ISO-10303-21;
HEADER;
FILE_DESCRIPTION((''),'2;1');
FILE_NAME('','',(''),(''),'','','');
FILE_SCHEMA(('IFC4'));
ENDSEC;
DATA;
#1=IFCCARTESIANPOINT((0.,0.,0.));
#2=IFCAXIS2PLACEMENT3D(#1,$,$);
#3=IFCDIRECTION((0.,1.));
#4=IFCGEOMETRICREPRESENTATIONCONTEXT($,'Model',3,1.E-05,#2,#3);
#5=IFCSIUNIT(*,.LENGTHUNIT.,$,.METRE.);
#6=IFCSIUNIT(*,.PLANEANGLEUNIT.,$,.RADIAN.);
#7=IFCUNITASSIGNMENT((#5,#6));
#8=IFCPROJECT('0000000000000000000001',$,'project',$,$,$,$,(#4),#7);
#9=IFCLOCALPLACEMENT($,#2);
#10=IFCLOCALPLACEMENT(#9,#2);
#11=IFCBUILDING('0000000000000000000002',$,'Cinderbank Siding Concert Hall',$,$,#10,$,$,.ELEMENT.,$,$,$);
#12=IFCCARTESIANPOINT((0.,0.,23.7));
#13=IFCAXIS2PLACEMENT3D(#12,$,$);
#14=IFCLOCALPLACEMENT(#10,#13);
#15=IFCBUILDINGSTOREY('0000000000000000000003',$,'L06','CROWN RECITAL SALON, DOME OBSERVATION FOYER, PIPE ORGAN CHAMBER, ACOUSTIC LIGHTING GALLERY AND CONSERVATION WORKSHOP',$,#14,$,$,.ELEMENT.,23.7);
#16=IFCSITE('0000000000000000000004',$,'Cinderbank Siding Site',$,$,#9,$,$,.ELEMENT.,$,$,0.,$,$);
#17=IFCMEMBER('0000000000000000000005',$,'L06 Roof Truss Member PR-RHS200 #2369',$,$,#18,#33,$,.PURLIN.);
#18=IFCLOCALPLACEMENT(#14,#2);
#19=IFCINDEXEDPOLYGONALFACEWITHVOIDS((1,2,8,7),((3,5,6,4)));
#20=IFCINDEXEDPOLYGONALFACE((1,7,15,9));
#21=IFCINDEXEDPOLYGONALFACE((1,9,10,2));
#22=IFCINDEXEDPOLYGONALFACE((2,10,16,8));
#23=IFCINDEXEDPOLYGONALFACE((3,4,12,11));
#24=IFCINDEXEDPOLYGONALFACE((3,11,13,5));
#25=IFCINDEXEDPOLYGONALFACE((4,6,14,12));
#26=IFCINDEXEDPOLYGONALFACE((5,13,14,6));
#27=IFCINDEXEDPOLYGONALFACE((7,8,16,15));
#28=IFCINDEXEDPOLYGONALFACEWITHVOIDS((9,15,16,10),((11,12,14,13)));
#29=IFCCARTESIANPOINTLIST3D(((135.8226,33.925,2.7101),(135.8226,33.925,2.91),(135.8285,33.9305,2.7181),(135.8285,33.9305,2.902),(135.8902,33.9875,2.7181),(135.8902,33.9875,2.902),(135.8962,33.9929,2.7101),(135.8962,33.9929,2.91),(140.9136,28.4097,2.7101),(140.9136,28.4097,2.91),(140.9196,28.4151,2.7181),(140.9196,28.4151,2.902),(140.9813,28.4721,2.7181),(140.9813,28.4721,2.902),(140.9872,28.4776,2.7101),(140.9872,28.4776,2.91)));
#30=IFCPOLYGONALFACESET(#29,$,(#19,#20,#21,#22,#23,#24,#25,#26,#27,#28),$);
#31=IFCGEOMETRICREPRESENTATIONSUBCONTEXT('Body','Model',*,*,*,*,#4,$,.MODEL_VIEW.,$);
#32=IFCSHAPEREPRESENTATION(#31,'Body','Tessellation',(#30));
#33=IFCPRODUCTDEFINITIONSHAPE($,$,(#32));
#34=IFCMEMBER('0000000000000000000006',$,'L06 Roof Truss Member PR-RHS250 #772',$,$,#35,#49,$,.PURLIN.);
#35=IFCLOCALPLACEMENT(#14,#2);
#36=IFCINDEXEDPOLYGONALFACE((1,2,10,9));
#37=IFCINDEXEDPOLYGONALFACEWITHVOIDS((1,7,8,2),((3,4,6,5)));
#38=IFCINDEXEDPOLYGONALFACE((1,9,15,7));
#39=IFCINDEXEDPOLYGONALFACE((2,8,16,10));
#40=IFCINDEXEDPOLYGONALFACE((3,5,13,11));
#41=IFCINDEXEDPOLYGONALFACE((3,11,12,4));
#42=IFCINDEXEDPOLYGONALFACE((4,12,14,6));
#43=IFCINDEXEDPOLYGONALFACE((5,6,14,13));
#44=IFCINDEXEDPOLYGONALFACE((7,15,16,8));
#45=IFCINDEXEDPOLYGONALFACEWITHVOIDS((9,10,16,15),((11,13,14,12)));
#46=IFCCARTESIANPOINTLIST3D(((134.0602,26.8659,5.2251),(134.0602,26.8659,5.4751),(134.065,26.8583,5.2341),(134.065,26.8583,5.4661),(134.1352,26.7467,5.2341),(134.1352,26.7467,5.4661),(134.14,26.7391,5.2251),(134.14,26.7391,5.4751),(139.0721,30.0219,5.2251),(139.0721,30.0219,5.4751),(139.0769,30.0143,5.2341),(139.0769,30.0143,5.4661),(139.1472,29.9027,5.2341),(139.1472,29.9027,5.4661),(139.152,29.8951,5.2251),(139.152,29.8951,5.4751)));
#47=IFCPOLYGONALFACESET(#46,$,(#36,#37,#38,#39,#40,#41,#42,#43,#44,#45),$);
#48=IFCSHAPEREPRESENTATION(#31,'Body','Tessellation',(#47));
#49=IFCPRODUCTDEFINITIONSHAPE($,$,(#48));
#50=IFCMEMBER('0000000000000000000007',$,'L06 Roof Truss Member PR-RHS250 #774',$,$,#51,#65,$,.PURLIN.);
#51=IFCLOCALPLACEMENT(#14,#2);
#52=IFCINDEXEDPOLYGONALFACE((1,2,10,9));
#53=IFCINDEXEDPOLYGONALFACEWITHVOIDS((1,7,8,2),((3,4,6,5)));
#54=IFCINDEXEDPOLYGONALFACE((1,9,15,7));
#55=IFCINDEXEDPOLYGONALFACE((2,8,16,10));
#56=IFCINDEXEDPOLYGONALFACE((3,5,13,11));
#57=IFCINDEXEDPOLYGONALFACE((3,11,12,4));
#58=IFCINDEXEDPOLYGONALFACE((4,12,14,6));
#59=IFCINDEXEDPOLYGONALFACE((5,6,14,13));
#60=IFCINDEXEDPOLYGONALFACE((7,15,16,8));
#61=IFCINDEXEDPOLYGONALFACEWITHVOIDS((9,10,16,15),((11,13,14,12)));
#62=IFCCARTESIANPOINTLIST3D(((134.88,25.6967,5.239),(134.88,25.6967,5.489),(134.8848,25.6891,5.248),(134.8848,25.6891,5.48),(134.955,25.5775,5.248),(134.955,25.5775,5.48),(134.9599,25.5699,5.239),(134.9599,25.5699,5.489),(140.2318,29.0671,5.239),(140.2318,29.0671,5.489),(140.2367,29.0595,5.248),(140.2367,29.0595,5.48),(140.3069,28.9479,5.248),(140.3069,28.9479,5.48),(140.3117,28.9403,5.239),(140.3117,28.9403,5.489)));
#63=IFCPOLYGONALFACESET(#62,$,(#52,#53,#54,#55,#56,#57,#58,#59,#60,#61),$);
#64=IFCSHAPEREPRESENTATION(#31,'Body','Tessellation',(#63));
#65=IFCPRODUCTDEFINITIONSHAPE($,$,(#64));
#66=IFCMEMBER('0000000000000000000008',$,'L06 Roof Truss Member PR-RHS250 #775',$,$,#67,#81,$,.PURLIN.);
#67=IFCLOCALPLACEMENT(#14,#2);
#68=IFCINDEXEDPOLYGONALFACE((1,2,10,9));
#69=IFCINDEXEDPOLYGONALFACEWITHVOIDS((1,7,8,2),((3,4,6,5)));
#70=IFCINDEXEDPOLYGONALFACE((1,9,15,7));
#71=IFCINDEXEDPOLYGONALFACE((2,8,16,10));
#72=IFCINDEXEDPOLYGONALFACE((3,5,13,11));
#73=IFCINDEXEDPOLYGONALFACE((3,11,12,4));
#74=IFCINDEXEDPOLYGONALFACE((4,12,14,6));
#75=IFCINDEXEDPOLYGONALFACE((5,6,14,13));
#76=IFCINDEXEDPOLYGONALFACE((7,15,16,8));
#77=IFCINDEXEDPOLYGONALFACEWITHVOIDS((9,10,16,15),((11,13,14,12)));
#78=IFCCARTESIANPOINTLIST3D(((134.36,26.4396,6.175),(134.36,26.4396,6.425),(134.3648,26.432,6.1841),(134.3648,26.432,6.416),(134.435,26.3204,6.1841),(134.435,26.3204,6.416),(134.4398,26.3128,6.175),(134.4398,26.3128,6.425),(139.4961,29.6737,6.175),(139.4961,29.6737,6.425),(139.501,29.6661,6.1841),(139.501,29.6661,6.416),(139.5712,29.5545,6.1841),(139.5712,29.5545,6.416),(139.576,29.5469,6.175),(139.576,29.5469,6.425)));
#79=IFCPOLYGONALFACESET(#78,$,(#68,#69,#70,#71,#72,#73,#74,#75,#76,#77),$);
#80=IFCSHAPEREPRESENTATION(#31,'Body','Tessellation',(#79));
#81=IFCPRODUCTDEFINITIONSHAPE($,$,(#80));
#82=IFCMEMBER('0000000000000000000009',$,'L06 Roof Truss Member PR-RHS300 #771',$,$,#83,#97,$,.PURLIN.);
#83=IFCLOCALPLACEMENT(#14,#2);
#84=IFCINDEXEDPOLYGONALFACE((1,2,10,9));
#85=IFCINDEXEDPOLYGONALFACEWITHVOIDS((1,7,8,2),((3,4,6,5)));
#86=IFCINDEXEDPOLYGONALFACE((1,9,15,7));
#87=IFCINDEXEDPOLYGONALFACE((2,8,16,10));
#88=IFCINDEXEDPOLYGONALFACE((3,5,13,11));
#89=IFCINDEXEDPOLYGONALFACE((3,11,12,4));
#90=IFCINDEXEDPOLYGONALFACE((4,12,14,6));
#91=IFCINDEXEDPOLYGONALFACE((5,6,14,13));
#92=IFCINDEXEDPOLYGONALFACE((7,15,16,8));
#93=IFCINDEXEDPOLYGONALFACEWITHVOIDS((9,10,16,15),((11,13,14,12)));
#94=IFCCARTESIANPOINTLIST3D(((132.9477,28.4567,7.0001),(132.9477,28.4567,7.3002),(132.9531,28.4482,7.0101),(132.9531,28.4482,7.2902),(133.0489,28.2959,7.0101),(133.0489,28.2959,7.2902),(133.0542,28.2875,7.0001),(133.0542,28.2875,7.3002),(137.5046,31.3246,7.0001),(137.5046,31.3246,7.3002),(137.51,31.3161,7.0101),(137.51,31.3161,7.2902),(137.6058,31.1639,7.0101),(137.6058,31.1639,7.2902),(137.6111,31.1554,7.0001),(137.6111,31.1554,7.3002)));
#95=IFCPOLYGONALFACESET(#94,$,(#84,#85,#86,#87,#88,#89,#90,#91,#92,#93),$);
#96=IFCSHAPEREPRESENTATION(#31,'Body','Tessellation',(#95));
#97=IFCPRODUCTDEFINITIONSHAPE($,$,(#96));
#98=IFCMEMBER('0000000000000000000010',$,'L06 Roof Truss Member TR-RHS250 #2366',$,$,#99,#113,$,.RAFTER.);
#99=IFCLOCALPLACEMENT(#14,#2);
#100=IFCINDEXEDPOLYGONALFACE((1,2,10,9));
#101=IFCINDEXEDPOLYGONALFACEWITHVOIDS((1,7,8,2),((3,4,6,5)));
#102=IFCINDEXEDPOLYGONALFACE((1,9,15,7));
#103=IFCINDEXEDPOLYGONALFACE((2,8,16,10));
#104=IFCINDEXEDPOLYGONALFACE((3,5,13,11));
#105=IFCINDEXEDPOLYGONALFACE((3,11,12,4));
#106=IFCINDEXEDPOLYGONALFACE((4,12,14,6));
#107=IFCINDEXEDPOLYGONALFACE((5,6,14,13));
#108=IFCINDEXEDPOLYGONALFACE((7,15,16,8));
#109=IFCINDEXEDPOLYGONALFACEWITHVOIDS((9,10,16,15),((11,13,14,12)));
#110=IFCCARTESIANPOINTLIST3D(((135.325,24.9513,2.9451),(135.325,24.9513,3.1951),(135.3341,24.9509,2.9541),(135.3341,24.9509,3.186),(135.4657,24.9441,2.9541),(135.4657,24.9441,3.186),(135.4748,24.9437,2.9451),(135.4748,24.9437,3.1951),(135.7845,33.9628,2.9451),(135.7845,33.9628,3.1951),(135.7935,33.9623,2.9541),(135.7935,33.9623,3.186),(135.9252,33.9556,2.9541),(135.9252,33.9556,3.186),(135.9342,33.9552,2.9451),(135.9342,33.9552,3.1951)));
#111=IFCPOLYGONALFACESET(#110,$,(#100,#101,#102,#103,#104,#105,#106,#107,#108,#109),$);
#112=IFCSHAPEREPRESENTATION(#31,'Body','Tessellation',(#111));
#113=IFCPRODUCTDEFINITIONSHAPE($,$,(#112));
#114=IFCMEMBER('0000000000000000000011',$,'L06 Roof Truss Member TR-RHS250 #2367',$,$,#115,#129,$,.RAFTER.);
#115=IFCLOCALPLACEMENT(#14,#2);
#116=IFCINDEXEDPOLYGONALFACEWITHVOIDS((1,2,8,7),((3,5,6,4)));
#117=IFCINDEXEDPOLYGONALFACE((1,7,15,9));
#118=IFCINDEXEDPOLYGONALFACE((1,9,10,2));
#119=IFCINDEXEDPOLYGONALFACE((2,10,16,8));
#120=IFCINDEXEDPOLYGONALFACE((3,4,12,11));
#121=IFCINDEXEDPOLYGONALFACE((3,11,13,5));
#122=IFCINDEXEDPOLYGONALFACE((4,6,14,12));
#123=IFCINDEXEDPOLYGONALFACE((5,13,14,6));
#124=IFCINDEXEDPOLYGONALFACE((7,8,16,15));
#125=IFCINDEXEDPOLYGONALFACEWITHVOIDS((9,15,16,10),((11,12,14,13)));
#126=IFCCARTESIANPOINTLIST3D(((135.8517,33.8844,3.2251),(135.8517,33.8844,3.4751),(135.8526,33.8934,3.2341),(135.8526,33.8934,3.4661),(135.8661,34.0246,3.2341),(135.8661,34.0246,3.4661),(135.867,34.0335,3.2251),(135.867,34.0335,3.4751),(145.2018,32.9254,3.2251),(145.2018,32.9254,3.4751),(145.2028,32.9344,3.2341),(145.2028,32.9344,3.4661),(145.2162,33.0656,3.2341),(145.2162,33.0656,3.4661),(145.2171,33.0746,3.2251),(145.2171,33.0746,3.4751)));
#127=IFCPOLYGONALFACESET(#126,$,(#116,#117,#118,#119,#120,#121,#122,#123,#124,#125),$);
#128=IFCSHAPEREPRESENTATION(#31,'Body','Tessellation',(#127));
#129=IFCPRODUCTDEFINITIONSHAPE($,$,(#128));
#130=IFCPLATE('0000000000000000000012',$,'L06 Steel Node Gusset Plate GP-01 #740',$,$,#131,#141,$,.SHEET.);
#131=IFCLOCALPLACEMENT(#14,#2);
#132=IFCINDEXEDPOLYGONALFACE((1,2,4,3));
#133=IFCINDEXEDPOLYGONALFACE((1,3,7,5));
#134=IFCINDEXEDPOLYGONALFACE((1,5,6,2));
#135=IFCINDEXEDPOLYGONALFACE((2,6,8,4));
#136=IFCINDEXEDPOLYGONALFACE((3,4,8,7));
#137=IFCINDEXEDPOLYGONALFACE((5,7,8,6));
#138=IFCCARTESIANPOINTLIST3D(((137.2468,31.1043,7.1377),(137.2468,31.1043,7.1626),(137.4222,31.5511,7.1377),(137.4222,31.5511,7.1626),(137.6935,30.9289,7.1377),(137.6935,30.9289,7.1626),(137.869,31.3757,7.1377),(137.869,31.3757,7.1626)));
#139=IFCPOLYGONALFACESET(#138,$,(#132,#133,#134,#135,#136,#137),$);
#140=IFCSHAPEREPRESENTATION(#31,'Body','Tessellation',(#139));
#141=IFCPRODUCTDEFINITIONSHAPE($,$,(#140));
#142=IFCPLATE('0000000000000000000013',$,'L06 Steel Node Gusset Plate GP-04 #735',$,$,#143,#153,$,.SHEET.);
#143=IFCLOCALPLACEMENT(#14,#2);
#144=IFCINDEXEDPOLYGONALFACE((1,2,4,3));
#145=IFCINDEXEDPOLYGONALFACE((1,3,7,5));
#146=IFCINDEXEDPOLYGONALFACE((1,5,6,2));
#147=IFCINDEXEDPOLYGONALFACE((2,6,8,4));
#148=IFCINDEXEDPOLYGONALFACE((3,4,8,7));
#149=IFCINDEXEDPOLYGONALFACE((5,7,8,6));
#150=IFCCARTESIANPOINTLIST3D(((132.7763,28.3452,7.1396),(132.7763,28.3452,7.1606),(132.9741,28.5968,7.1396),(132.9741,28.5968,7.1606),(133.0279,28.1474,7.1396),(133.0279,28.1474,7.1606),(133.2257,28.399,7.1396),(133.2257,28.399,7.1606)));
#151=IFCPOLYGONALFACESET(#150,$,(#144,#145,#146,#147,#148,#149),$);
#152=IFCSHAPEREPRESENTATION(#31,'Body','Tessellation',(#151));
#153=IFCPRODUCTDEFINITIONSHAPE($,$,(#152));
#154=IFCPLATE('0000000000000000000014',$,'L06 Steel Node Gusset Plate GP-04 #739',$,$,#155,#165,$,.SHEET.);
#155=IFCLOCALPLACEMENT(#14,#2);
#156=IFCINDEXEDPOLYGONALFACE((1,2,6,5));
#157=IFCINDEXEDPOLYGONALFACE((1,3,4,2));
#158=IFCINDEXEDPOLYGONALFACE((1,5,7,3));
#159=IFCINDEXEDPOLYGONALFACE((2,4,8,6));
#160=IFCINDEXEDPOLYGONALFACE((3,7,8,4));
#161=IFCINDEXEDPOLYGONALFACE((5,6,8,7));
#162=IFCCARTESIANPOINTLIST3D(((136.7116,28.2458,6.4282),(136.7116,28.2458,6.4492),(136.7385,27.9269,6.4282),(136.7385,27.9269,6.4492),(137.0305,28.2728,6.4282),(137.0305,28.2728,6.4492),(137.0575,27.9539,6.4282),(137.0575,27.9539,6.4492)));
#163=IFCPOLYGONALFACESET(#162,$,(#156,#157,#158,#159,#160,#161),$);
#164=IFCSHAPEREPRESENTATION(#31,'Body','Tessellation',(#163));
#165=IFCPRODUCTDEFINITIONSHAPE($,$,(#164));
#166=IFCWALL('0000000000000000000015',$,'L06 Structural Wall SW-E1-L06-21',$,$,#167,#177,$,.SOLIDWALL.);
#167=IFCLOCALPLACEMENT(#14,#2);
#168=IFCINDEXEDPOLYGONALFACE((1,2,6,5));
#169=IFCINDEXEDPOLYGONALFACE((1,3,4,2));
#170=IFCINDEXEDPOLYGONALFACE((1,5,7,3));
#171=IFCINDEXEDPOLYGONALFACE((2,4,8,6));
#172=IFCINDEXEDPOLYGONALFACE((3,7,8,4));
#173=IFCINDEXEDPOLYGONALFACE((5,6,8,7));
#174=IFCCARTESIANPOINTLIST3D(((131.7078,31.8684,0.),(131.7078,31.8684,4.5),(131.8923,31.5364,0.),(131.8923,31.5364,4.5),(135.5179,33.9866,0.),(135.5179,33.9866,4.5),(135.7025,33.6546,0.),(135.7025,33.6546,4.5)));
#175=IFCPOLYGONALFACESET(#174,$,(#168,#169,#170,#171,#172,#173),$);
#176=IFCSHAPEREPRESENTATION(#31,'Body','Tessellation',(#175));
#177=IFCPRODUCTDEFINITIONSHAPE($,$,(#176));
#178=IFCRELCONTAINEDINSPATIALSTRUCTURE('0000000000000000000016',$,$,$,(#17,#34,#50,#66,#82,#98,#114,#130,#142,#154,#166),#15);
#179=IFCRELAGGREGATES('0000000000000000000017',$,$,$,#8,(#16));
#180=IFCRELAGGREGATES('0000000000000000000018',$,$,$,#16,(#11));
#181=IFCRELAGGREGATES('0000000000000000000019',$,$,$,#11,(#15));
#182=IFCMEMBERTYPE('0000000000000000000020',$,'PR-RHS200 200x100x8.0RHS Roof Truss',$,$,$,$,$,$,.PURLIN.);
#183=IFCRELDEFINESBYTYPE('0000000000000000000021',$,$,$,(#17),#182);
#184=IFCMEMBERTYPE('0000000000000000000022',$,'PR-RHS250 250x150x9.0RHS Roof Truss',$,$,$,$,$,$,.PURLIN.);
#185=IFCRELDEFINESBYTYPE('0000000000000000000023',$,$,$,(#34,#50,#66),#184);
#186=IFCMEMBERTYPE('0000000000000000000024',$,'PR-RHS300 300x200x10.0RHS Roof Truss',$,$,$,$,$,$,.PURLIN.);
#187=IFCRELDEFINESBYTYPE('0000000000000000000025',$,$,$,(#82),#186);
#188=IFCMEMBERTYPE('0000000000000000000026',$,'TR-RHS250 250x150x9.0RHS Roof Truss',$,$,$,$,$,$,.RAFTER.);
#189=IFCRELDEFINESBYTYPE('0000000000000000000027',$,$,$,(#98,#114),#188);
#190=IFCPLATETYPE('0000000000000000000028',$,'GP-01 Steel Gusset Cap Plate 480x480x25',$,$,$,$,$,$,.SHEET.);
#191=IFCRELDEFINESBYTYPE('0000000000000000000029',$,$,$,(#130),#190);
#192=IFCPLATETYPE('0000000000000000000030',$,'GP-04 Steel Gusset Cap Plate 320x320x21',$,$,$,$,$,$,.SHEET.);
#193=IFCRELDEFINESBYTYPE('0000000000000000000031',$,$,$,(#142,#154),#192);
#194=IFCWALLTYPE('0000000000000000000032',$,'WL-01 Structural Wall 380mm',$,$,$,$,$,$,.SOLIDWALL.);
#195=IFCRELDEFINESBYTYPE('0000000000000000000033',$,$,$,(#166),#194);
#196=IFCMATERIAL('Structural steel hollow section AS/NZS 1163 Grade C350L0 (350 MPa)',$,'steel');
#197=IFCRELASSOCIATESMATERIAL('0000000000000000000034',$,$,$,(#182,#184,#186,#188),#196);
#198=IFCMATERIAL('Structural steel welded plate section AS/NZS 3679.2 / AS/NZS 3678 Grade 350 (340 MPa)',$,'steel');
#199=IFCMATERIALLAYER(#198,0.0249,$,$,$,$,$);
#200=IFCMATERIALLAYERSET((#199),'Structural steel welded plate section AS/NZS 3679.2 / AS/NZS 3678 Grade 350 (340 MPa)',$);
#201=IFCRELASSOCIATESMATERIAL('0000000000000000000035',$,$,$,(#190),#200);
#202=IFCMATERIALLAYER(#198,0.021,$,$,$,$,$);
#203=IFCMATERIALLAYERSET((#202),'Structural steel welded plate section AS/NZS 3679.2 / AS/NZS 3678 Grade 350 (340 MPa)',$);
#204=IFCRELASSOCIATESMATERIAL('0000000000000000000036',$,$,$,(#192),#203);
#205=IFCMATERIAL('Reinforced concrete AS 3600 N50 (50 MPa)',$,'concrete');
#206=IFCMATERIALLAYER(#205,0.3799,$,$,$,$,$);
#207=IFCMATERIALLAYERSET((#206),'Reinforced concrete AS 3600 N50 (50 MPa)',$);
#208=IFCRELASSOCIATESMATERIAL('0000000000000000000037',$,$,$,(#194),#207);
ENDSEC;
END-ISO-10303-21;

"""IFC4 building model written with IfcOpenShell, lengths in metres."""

from ifc_helpers import new_model, si_unit, direction, frame, frame_2d, origin, origin_2d, place, context, subcontext, project, spatial, rectangle, hollow_rectangle, extrude, material, layer, layer_set, material_profile, profile_set, type_object, element, save


model = new_model("IFC4")

# Units and contexts
model_context = context("Model", 3, precision=1e-05, world=origin(), true_north=direction((0.0, 1.0)))
body_context = subcontext(model_context, "Body", "Model", "MODEL_VIEW")
ifc_project = project(units=[si_unit("LENGTHUNIT", "METRE"), si_unit("PLANEANGLEUNIT", "RADIAN")], contexts=[model_context])

# Site, building, storey
site_placement = place(None, origin())
site = spatial("IfcSite", under=ifc_project, at=site_placement, Name="Cinderbank Siding Site", CompositionType="ELEMENT", RefElevation=0.0)
building_placement = place(site_placement, origin())
building = spatial("IfcBuilding", under=site, at=building_placement, Name="Cinderbank Siding Concert Hall", CompositionType="ELEMENT")
storey_placement = place(building_placement, frame((0.0, 0.0, 23.7)))
storey = spatial("IfcBuildingStorey", under=building, at=storey_placement, Name="L06", Description="CROWN RECITAL SALON, DOME OBSERVATION FOYER, PIPE ORGAN CHAMBER, ACOUSTIC LIGHTING GALLERY AND CONSERVATION WORKSHOP", CompositionType="ELEMENT", Elevation=23.7)

# Shared definitions
ifc_material_1 = material(Name="Reinforced concrete AS 3600 N50 (50 MPa)", Category="concrete")

# Members
ifc_material_2 = material(Name="Structural steel hollow section AS/NZS 1163 Grade C350L0 (350 MPa)", Category="steel")
ifc_material_profile_1 = material_profile(ifc_material_2, hollow_rectangle(XDim=0.1001, YDim=0.2, WallThickness=0.0081, at=origin_2d()), Name="200x100x8.0RHS", Category="LoadBearing")
ifc_profile_set_1 = profile_set([ifc_material_profile_1], Name="Structural steel hollow section AS/NZS 1163 Grade C350L0 (350 MPa)")
member_type_1 = type_object("IfcMemberType", Name="PR-RHS200 200x100x8.0RHS Roof Truss", PredefinedType="PURLIN", material=ifc_profile_set_1)
member_1_placement = place(storey_placement, frame((135.8594, 33.959, 2.8101), z_axis=(0.678276, -0.734807, 0.0), x_axis=(0.734807, 0.678276, 0.0)))
element("IfcMember", 1, at=member_1_placement, inside=storey, type_object=member_type_1, Name="L06 Roof Truss Member PR-RHS200 #2369", PredefinedType="PURLIN", context=body_context, shape_type="SweptSolid", body=[
    extrude(hollow_rectangle(XDim=0.1001, YDim=0.2, WallThickness=0.0081, at=origin_2d()), origin(), (0.0, 0.0, 1.0), 7.5059),
])
ifc_material_profile_2 = material_profile(ifc_material_2, hollow_rectangle(XDim=0.1499, YDim=0.25, WallThickness=0.009, at=origin_2d()), Name="250x150x9.0RHS", Category="LoadBearing")
ifc_profile_set_2 = profile_set([ifc_material_profile_2], Name="Structural steel hollow section AS/NZS 1163 Grade C350L0 (350 MPa)")
member_type_2 = type_object("IfcMemberType", Name="PR-RHS250 250x150x9.0RHS Roof Truss", PredefinedType="PURLIN", material=ifc_profile_set_2)
member_2_placement = place(storey_placement, frame((134.1001, 26.8025, 5.3501), z_axis=(0.846208, 0.532853, 0.0), x_axis=(-0.532853, 0.846208, 0.0)))
element("IfcMember", 2, at=member_2_placement, inside=storey, type_object=member_type_2, Name="L06 Roof Truss Member PR-RHS250 #772", PredefinedType="PURLIN", context=body_context, shape_type="SweptSolid", body=[
    extrude(hollow_rectangle(XDim=0.1499, YDim=0.25, WallThickness=0.009, at=origin_2d()), origin(), (0.0, 0.0, 1.0), 5.9229),
])
member_3_placement = place(storey_placement, frame((134.9199, 25.6333, 5.364), z_axis=(0.846183, 0.532893, 0.0), x_axis=(-0.532893, 0.846183, 0.0)))
element("IfcMember", 3, at=member_3_placement, inside=storey, type_object=member_type_2, Name="L06 Roof Truss Member PR-RHS250 #774", PredefinedType="PURLIN", context=body_context, shape_type="SweptSolid", body=[
    extrude(hollow_rectangle(XDim=0.1499, YDim=0.25, WallThickness=0.009, at=origin_2d()), origin(), (0.0, 0.0, 1.0), 6.3247),
])
member_4_placement = place(storey_placement, frame((134.3999, 26.3762, 6.3), z_axis=(0.846217, 0.532838, 0.0), x_axis=(-0.532838, 0.846217, 0.0)))
element("IfcMember", 4, at=member_4_placement, inside=storey, type_object=member_type_2, Name="L06 Roof Truss Member PR-RHS250 #775", PredefinedType="PURLIN", context=body_context, shape_type="SweptSolid", body=[
    extrude(hollow_rectangle(XDim=0.1499, YDim=0.25, WallThickness=0.009, at=origin_2d()), origin(), (0.0, 0.0, 1.0), 6.0696),
])
ifc_material_profile_3 = material_profile(ifc_material_2, hollow_rectangle(XDim=0.2, YDim=0.3, WallThickness=0.01, at=origin_2d()), Name="300x200x10.0RHS", Category="LoadBearing")
ifc_profile_set_3 = profile_set([ifc_material_profile_3], Name="Structural steel hollow section AS/NZS 1163 Grade C350L0 (350 MPa)")
member_type_3 = type_object("IfcMemberType", Name="PR-RHS300 300x200x10.0RHS Roof Truss", PredefinedType="PURLIN", material=ifc_profile_set_3)
member_5_placement = place(storey_placement, frame((133.001, 28.3721, 7.1501), z_axis=(0.846336, 0.53265, 0.0), x_axis=(-0.53265, 0.846336, 0.0)))
element("IfcMember", 5, at=member_5_placement, inside=storey, type_object=member_type_3, Name="L06 Roof Truss Member PR-RHS300 #771", PredefinedType="PURLIN", context=body_context, shape_type="SweptSolid", body=[
    extrude(hollow_rectangle(XDim=0.2, YDim=0.3, WallThickness=0.01, at=origin_2d()), origin(), (0.0, 0.0, 1.0), 5.3843),
])
ifc_material_profile_4 = material_profile(ifc_material_2, hollow_rectangle(XDim=0.1499, YDim=0.25, WallThickness=0.009, at=origin_2d()), Name="250x150x9.0RHS", Category="LoadBearing")
ifc_profile_set_4 = profile_set([ifc_material_profile_4], Name="Structural steel hollow section AS/NZS 1163 Grade C350L0 (350 MPa)")
member_type_4 = type_object("IfcMemberType", Name="TR-RHS250 250x150x9.0RHS Roof Truss", PredefinedType="RAFTER", material=ifc_profile_set_4)
member_6_placement = place(storey_placement, frame((135.8594, 33.959, 3.0701), z_axis=(-0.050921, -0.998703, 0.0), x_axis=(0.998703, -0.050921, 0.0)))
element("IfcMember", 6, at=member_6_placement, inside=storey, type_object=member_type_4, Name="L06 Roof Truss Member TR-RHS250 #2366", PredefinedType="RAFTER", context=body_context, shape_type="SweptSolid", body=[
    extrude(hollow_rectangle(XDim=0.1499, YDim=0.25, WallThickness=0.009, at=origin_2d()), origin(), (0.0, 0.0, 1.0), 9.0232),
])
member_7_placement = place(storey_placement, frame((135.8594, 33.959, 3.3501), z_axis=(0.994781, -0.102029, 0.0), x_axis=(0.102029, 0.994781, 0.0)))
element("IfcMember", 7, at=member_7_placement, inside=storey, type_object=member_type_4, Name="L06 Roof Truss Member TR-RHS250 #2367", PredefinedType="RAFTER", context=body_context, shape_type="SweptSolid", body=[
    extrude(hollow_rectangle(XDim=0.1499, YDim=0.25, WallThickness=0.009, at=origin_2d()), origin(), (0.0, 0.0, 1.0), 9.3992),
])

# Plates
ifc_material_3 = material(Name="Structural steel welded plate section AS/NZS 3679.2 / AS/NZS 3678 Grade 350 (340 MPa)", Category="steel")
ifc_layer_1 = layer(ifc_material_3, 0.0249)
ifc_layer_set_1 = layer_set([ifc_layer_1], Name="Structural steel welded plate section AS/NZS 3679.2 / AS/NZS 3678 Grade 350 (340 MPa)")
plate_type_1 = type_object("IfcPlateType", Name="GP-01 Steel Gusset Cap Plate 480x480x25", PredefinedType="SHEET", material=ifc_layer_set_1)
plate_placement = place(storey_placement, frame((137.5579, 31.24, 7.1377), z_axis=(0.0, 0.0, 1.0), x_axis=(0.365527, 0.930801, 0.0)))
element("IfcPlate", 8, at=plate_placement, inside=storey, type_object=plate_type_1, Name="L06 Steel Node Gusset Plate GP-01 #740", PredefinedType="SHEET", context=body_context, shape_type="SweptSolid", body=[
    extrude(rectangle(XDim=0.48, YDim=0.48, at=origin_2d()), origin(), (0.0, 0.0, 1.0), 0.0249),
])
ifc_layer_2 = layer(ifc_material_3, 0.021)
ifc_layer_set_2 = layer_set([ifc_layer_2], Name="Structural steel welded plate section AS/NZS 3679.2 / AS/NZS 3678 Grade 350 (340 MPa)")
plate_type_2 = type_object("IfcPlateType", Name="GP-04 Steel Gusset Cap Plate 320x320x21", PredefinedType="SHEET", material=ifc_layer_set_2)
for number, where, z_axis, x_axis, name in (
    (9, (133.001, 28.3721, 7.1396), (0.0, 0.0, 1.0), (0.617997, 0.786181, 0.0), "L06 Steel Node Gusset Plate GP-04 #735"),
    (10, (136.8845, 28.0999, 6.4282), (0.0, 0.0, 1.0), (-0.996449, -0.0842, 0.0), "L06 Steel Node Gusset Plate GP-04 #739"),
):
    element("IfcPlate", number, at=place(storey_placement, frame(where, z_axis=z_axis, x_axis=x_axis)), inside=storey, type_object=plate_type_2, Name=name, PredefinedType="SHEET", context=body_context, shape_type="SweptSolid", body=[
        extrude(rectangle(XDim=0.3201, YDim=0.3201, at=origin_2d()), origin(), (0.0, 0.0, 1.0), 0.021),
    ])

# Wall
ifc_layer_3 = layer(ifc_material_1, 0.3799)
ifc_layer_set_3 = layer_set([ifc_layer_3], Name="Reinforced concrete AS 3600 N50 (50 MPa)")
wall_type_1 = type_object("IfcWallType", Name="WL-01 Structural Wall 380mm", PredefinedType="SOLIDWALL", material=ifc_layer_set_3)
wall_1_placement = place(storey_placement, frame((131.8, 31.7024, 0.0), z_axis=(0.0, 0.0, 1.0), x_axis=(0.874015, 0.4859, 0.0)))
element("IfcWall", 11, at=wall_1_placement, inside=storey, type_object=wall_type_1, Name="L06 Structural Wall SW-E1-L06-21", PredefinedType="SOLIDWALL", context=body_context, shape_type="SweptSolid", body=[
    extrude(rectangle(XDim=4.3594, YDim=0.3799, at=frame_2d((2.1797, 0.0))), origin(), (0.0, 0.0, 1.0), 4.5),
])

save(model, "model.ifc")
